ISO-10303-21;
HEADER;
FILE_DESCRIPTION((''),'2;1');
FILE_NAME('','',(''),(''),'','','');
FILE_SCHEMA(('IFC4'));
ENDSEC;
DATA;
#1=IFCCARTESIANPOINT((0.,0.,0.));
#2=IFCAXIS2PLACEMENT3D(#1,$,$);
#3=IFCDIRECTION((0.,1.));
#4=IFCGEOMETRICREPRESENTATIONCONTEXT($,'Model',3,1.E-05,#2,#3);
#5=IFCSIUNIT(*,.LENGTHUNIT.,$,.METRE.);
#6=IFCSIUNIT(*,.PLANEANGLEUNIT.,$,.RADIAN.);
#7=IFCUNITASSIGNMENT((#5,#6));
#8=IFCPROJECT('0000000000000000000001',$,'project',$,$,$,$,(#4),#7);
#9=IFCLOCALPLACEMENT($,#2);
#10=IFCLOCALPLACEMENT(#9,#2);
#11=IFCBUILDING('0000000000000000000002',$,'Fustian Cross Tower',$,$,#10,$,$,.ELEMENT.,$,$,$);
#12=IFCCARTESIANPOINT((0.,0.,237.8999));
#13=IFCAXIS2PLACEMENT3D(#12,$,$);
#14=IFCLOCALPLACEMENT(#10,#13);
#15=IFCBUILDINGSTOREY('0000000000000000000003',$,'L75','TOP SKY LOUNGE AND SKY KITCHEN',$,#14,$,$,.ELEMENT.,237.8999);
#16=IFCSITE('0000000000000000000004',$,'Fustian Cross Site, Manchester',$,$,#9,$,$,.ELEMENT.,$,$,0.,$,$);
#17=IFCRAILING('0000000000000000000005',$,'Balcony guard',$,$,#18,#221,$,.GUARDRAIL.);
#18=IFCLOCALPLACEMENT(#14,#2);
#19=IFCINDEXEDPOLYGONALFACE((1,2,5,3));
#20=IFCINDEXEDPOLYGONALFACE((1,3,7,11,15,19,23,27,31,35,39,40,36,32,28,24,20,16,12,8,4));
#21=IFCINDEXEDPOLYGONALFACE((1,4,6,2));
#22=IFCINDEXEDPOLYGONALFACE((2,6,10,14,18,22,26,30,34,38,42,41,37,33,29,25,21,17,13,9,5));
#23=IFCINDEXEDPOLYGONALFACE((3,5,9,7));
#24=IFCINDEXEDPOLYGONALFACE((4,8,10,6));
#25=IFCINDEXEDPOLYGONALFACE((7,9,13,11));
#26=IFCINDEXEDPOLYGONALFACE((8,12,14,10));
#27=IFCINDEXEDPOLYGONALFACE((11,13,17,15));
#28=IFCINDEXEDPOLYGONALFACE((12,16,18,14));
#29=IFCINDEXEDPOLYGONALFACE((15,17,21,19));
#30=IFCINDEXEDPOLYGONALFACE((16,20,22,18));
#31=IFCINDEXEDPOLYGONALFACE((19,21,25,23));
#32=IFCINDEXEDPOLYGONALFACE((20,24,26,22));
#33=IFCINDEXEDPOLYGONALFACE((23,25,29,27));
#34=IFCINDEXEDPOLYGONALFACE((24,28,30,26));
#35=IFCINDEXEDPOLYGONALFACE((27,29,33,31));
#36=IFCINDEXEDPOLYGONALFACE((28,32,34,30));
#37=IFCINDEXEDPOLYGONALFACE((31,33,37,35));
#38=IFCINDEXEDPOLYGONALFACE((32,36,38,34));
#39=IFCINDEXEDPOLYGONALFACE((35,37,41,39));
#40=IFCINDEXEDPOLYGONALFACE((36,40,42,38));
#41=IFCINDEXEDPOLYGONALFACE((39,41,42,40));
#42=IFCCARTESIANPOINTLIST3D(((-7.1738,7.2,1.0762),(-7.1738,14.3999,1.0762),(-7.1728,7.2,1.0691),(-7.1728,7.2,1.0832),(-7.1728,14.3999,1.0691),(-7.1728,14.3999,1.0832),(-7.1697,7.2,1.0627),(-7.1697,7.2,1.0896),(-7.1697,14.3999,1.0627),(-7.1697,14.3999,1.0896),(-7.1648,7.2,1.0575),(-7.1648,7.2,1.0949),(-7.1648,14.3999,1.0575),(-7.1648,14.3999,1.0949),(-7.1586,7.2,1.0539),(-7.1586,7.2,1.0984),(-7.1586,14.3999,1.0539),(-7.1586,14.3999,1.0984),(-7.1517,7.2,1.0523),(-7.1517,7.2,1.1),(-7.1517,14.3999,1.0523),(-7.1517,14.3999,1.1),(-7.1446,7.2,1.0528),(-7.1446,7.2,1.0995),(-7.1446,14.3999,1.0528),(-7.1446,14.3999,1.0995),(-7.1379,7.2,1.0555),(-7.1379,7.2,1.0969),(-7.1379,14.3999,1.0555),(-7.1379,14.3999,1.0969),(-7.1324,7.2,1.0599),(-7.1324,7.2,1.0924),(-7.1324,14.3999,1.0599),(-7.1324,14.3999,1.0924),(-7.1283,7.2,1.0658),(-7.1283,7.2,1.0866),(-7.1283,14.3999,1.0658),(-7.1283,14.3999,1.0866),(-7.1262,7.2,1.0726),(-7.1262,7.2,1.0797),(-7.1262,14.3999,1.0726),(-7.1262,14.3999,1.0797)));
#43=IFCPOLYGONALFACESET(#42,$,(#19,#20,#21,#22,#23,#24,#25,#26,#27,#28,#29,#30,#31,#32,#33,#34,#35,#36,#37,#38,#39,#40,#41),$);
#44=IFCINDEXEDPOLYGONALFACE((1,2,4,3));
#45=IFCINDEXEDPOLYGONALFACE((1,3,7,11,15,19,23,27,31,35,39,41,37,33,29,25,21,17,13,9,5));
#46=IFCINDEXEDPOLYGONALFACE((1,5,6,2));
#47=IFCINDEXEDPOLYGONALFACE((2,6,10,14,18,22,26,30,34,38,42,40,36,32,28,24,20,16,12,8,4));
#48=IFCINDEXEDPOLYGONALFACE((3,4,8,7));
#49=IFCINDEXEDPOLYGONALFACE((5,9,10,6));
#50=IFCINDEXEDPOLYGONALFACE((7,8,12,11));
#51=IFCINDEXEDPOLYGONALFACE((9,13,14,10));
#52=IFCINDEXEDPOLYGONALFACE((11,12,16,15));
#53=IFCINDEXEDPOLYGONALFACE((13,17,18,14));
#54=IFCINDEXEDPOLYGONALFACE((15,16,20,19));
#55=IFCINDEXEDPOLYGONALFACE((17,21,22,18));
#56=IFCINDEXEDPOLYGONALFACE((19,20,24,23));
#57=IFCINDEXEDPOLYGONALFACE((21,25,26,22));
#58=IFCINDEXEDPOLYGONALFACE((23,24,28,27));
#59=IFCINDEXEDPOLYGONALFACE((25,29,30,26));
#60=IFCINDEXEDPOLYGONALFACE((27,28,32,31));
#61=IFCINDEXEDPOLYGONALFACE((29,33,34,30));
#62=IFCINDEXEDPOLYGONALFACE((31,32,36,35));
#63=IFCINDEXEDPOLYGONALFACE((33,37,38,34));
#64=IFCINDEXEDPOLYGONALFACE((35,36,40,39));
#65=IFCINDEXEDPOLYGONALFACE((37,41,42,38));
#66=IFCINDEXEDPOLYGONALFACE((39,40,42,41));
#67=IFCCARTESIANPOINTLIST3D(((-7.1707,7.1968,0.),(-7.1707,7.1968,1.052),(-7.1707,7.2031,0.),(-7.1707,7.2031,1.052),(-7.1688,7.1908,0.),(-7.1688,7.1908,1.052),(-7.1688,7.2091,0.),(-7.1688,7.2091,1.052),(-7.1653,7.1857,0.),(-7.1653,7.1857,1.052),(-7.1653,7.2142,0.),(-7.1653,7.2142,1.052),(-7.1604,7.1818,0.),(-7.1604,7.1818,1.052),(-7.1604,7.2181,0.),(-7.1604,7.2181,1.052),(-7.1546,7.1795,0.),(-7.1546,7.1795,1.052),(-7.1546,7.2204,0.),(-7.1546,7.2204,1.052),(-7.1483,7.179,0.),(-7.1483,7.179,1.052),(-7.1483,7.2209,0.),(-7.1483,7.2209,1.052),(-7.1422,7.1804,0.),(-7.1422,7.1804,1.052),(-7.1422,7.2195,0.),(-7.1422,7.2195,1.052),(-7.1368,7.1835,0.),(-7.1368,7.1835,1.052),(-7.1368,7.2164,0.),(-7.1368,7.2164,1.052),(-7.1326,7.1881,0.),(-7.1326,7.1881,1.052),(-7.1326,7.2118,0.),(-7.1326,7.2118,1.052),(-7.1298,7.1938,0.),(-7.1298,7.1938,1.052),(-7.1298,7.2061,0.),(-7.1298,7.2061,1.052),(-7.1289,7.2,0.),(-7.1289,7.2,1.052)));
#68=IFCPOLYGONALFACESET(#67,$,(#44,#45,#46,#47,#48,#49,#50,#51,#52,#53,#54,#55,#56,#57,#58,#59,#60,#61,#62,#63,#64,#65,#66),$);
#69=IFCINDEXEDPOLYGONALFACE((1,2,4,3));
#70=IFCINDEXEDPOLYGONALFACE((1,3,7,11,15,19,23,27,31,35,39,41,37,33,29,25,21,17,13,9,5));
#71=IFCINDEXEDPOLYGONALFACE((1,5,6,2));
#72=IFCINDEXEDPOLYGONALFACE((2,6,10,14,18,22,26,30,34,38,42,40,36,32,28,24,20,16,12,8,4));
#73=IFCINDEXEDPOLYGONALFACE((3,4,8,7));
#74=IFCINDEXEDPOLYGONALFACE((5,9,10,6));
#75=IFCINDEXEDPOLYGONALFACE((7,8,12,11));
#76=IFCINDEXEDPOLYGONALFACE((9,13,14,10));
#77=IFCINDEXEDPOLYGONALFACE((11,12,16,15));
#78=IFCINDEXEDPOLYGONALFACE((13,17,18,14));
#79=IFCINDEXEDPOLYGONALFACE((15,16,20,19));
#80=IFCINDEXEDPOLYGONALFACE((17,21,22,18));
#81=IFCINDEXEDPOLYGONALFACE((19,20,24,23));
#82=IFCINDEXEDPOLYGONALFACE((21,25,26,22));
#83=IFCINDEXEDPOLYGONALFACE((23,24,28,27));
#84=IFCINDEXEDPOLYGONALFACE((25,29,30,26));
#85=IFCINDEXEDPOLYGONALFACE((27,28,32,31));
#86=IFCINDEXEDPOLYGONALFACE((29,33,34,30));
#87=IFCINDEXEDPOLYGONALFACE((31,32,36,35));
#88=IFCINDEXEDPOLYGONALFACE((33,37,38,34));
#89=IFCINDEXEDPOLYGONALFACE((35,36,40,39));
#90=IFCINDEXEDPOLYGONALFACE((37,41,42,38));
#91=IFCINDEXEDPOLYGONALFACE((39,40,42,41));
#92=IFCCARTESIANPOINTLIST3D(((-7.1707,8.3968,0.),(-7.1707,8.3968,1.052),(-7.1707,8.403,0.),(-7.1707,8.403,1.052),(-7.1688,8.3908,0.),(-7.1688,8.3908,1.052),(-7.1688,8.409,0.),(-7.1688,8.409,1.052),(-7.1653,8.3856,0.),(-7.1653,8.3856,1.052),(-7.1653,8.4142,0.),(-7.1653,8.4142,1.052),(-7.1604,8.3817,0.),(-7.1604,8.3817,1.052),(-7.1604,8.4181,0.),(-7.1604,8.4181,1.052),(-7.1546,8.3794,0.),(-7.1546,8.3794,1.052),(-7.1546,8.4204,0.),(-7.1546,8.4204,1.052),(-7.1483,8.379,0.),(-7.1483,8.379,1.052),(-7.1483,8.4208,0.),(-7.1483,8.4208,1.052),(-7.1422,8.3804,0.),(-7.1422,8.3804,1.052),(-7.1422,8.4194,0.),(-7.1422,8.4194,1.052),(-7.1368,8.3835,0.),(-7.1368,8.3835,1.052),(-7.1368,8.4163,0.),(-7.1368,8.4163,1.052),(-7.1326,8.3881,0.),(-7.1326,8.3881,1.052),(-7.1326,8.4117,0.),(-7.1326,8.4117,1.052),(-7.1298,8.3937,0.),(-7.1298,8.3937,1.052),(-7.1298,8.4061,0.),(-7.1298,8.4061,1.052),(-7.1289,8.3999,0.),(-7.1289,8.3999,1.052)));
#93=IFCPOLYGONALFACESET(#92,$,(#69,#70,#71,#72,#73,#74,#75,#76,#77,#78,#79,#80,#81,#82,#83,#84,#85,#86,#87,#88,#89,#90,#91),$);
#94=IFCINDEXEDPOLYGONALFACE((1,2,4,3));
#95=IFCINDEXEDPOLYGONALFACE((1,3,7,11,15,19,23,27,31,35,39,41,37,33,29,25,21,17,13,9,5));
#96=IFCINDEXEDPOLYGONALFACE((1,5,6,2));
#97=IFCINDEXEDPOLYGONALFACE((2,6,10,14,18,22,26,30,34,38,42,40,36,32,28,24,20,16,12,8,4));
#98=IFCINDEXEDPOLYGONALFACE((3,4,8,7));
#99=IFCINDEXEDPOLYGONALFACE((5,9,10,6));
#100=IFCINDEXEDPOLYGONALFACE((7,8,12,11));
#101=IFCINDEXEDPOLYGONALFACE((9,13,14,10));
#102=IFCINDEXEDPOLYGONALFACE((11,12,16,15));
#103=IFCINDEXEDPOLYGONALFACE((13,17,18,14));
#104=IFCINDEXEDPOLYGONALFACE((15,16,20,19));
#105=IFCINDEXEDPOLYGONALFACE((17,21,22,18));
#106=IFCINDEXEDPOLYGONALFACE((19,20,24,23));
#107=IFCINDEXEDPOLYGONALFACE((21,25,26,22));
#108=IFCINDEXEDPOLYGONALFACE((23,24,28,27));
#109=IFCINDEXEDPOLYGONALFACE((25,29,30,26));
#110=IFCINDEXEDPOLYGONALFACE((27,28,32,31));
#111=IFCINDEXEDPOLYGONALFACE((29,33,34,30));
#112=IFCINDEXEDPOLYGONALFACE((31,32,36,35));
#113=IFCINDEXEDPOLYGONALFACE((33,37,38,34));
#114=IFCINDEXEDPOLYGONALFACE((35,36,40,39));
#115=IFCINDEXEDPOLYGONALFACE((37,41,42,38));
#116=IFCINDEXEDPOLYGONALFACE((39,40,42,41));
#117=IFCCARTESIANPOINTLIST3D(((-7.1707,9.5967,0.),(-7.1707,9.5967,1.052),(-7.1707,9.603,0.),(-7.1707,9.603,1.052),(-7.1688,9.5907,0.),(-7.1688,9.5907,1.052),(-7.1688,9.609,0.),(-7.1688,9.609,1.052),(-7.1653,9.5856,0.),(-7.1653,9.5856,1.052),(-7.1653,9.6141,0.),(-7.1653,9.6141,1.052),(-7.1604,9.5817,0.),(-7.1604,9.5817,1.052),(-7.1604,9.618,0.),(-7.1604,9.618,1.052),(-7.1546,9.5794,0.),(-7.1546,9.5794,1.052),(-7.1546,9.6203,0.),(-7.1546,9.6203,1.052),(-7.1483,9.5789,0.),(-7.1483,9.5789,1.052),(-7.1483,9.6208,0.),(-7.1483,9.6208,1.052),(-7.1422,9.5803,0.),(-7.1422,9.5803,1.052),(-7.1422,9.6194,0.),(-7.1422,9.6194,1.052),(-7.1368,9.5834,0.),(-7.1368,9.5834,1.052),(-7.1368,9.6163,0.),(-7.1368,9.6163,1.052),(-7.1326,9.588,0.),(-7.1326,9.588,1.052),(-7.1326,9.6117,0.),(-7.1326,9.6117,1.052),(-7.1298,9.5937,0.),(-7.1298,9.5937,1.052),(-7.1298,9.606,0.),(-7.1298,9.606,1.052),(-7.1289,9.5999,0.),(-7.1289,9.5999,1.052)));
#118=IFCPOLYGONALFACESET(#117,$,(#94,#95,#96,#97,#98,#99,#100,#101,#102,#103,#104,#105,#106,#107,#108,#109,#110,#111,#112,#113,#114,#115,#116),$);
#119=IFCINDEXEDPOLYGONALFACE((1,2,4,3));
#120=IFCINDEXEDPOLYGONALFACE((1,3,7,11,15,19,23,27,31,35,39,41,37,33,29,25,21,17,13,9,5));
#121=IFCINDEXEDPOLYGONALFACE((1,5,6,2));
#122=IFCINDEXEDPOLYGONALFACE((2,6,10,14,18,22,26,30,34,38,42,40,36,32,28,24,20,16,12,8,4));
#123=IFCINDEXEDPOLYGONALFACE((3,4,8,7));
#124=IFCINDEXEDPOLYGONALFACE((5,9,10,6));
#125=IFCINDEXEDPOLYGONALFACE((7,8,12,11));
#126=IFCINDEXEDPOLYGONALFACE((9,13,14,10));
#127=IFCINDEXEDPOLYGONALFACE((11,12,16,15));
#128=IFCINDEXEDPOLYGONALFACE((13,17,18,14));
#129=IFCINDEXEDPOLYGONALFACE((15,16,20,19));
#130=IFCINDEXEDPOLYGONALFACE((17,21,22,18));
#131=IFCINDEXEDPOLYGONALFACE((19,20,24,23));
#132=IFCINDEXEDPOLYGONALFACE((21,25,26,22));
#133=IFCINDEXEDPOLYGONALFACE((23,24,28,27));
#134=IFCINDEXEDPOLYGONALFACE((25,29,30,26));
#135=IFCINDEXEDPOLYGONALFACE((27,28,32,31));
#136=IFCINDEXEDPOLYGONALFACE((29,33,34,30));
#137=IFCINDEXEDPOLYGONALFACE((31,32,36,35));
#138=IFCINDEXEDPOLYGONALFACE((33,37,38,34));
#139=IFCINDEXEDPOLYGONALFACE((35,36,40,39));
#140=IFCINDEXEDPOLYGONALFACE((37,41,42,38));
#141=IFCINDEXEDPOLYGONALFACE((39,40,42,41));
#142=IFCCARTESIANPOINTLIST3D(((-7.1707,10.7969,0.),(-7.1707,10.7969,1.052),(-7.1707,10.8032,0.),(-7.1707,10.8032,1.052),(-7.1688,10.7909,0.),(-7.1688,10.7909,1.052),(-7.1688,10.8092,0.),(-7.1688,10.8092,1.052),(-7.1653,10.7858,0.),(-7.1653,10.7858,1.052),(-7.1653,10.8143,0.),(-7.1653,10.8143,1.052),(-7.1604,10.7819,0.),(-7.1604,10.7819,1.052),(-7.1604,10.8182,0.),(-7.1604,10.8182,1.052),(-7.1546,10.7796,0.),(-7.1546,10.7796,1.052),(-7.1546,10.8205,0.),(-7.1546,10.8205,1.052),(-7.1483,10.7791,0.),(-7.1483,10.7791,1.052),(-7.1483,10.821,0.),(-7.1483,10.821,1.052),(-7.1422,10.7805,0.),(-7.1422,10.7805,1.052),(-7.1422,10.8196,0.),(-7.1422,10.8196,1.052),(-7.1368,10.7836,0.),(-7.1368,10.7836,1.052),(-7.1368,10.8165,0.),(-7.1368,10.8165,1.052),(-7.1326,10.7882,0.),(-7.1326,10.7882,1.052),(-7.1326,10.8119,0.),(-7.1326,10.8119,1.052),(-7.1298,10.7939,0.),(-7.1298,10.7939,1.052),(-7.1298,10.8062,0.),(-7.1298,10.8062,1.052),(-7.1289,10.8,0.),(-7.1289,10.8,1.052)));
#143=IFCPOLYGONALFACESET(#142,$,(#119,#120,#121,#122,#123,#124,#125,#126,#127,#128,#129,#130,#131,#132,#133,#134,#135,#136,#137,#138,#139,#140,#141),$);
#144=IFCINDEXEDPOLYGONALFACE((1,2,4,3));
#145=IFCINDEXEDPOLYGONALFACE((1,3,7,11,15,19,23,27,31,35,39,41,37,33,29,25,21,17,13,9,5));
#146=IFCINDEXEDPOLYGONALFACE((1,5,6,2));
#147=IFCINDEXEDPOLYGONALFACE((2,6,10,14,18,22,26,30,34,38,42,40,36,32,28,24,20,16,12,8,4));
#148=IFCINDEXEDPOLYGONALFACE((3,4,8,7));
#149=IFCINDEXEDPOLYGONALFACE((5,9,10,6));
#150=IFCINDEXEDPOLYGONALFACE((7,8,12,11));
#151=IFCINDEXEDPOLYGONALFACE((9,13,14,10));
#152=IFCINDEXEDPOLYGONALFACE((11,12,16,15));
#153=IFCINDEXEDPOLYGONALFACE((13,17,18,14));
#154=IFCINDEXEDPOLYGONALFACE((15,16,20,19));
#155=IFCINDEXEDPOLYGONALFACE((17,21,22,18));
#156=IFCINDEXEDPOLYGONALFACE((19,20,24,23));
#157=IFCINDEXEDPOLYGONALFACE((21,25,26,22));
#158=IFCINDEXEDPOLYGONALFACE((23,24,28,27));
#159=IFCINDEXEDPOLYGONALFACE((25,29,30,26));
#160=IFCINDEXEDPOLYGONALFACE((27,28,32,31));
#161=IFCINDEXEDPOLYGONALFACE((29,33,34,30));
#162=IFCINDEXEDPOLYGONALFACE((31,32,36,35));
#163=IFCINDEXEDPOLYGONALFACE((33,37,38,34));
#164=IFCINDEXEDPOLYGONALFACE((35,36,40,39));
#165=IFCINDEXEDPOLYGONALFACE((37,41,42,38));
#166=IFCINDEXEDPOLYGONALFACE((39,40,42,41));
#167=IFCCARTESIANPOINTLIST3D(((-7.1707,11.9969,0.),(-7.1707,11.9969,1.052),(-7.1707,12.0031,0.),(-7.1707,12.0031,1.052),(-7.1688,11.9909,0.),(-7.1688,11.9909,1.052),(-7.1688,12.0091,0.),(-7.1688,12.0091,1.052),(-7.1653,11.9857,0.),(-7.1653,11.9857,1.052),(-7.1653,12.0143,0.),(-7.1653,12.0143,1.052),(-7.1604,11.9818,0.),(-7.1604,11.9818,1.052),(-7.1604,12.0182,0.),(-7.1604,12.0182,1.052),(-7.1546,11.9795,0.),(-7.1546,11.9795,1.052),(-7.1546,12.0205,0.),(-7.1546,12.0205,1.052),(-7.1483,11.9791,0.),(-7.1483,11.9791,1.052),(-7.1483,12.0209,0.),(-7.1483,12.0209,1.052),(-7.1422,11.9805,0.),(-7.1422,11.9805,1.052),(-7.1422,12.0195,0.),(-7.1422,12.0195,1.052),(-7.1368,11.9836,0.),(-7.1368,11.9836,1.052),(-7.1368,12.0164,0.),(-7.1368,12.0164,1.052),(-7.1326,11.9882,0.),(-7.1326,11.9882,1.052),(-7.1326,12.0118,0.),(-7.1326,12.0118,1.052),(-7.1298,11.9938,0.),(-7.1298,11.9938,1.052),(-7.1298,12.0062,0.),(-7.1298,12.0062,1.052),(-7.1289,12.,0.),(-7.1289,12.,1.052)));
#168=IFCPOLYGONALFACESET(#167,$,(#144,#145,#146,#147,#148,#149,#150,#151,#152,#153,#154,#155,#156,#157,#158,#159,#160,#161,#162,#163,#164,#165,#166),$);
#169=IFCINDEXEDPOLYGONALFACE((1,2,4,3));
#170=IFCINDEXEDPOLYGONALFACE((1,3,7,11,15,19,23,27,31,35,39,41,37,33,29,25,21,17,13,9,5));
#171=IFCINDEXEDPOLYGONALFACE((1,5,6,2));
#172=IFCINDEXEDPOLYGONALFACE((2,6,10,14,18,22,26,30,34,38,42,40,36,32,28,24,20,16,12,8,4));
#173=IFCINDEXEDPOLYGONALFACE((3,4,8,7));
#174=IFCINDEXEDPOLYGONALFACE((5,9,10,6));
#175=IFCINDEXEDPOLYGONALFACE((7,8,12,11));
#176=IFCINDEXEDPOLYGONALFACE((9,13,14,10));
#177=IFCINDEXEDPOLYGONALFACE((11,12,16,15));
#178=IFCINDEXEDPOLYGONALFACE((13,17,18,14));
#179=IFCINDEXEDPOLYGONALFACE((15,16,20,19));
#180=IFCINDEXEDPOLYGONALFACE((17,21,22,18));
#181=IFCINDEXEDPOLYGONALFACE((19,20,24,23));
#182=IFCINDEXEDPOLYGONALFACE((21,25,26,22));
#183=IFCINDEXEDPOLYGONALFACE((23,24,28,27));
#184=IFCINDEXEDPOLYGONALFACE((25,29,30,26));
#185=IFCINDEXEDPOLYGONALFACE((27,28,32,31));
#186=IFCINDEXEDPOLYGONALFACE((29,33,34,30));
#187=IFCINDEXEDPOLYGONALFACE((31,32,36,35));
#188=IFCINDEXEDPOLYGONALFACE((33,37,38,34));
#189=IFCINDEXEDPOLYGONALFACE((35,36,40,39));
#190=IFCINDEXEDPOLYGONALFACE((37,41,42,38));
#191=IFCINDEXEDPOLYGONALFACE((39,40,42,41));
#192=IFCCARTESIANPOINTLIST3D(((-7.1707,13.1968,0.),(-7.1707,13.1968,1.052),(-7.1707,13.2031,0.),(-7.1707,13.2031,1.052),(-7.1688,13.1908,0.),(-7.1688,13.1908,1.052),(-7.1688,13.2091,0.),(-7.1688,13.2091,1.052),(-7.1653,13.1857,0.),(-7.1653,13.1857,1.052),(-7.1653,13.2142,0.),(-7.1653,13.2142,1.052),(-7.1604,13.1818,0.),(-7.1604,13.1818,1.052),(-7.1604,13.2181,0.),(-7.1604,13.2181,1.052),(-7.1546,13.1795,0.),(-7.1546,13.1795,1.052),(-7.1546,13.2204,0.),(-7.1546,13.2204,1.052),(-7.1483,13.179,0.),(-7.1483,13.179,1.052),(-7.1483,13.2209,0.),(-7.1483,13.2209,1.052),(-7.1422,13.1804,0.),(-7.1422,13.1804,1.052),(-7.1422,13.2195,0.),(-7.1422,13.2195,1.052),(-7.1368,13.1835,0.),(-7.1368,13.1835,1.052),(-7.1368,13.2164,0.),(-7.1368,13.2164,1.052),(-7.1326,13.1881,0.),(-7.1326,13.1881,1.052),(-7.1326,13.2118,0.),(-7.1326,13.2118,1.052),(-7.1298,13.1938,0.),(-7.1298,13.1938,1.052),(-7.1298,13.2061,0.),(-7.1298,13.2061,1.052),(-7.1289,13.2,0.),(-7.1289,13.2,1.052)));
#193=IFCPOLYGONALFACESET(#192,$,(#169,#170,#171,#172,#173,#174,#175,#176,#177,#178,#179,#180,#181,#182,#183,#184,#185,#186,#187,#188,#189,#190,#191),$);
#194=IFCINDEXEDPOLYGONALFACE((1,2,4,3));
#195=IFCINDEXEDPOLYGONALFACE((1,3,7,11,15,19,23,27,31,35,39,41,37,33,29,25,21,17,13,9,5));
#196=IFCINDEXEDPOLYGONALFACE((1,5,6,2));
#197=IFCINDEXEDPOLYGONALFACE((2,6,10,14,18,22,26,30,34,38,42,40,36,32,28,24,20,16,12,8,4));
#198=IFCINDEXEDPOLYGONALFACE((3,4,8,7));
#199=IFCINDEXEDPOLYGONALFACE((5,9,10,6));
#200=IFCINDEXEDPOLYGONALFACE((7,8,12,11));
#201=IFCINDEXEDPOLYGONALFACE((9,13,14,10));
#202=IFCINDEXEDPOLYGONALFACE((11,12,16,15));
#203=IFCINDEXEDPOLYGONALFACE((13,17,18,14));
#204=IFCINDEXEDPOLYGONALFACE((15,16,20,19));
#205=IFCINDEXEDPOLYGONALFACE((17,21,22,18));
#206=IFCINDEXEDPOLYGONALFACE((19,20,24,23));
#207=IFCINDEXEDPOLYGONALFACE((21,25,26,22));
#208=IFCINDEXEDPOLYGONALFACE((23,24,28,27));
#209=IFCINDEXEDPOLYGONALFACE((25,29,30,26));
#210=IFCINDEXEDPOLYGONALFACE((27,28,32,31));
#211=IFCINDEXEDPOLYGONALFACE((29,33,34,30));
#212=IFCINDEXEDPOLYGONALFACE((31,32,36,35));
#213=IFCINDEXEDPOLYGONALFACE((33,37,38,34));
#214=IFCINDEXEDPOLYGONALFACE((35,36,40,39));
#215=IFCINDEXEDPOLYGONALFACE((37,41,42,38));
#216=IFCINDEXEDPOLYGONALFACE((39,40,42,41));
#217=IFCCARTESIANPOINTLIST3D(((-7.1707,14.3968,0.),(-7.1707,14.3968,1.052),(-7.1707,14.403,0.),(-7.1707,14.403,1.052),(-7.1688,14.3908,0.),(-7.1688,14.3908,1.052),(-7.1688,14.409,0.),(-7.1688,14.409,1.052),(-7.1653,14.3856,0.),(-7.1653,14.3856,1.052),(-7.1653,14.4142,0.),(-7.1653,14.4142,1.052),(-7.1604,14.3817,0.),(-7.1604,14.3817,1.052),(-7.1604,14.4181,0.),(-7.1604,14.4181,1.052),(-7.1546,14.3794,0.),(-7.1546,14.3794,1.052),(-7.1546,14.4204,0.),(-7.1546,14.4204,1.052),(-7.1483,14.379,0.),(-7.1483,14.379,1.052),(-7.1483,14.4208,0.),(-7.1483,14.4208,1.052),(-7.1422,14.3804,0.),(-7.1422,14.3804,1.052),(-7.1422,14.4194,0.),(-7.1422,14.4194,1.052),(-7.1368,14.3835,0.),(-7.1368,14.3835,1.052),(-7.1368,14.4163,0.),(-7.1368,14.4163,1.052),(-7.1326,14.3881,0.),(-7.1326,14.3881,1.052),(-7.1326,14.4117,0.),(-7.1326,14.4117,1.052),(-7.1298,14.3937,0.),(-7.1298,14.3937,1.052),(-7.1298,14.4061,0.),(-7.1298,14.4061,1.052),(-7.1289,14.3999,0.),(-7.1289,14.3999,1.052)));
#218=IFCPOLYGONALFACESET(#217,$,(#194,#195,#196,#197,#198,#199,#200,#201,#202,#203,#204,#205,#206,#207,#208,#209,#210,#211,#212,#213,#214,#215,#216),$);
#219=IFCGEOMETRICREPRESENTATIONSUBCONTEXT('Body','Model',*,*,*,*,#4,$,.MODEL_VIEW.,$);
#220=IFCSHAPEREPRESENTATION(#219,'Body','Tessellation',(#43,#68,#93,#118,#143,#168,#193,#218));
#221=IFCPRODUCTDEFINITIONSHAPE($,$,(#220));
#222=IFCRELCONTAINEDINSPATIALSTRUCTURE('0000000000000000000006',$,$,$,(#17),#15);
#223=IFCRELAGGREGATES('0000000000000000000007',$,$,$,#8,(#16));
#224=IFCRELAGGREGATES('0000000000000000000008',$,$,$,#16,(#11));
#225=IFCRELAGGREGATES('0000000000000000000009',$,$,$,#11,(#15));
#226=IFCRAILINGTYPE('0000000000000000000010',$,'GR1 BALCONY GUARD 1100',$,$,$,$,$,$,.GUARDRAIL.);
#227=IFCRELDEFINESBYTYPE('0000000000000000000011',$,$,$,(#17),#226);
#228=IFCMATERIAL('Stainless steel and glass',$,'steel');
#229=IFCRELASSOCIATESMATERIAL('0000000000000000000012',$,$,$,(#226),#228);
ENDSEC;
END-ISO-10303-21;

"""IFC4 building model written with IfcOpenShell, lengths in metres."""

from ifc_helpers import new_model, si_unit, direction, frame, origin, origin_2d, place, context, subcontext, project, spatial, circle, extrude, material, type_object, element, save


model = new_model("IFC4")

# Units and contexts
model_context = context("Model", 3, precision=1e-05, world=origin(), true_north=direction((0.0, 1.0)))
body_context = subcontext(model_context, "Body", "Model", "MODEL_VIEW")
ifc_project = project(units=[si_unit("LENGTHUNIT", "METRE"), si_unit("PLANEANGLEUNIT", "RADIAN")], contexts=[model_context])

# Site, building, storey
site_placement = place(None, origin())
site = spatial("IfcSite", under=ifc_project, at=site_placement, Name="Fustian Cross Site, Manchester", CompositionType="ELEMENT", RefElevation=0.0)
building_placement = place(site_placement, origin())
building = spatial("IfcBuilding", under=site, at=building_placement, Name="Fustian Cross Tower", CompositionType="ELEMENT")
storey_placement = place(building_placement, frame((0.0, 0.0, 237.8999)))
storey = spatial("IfcBuildingStorey", under=building, at=storey_placement, Name="L75", Description="TOP SKY LOUNGE AND SKY KITCHEN", CompositionType="ELEMENT", Elevation=237.8999)

# Railing
ifc_material_1 = material(Name="Stainless steel and glass", Category="steel")
railing_type_1 = type_object("IfcRailingType", Name="GR1 BALCONY GUARD 1100", PredefinedType="GUARDRAIL", material=ifc_material_1)
railing_1_placement = place(storey_placement, frame((-7.1499, 7.2, 0.0)))
element("IfcRailing", 1, at=railing_1_placement, inside=storey, type_object=railing_type_1, Name="Balcony guard", PredefinedType="GUARDRAIL", context=body_context, shape_type="SweptSolid", body=[
    extrude(circle(Radius=0.0239, at=origin_2d()), frame((0.0, 0.0, 1.0762), z_axis=(0.0, 1.0, 0.0), x_axis=(-1.0, 0.0, 0.0)), (0.0, 0.0, 1.0), 7.2),
    extrude(circle(Radius=0.021, at=origin_2d()), origin(), (0.0, 0.0, 1.0), 1.052),
    extrude(circle(Radius=0.021, at=origin_2d()), frame((0.0, 1.2, 0.0)), (0.0, 0.0, 1.0), 1.052),
    extrude(circle(Radius=0.021, at=origin_2d()), frame((0.0, 2.3999, 0.0)), (0.0, 0.0, 1.0), 1.052),
    extrude(circle(Radius=0.021, at=origin_2d()), frame((0.0, 3.6001, 0.0)), (0.0, 0.0, 1.0), 1.052),
    extrude(circle(Radius=0.021, at=origin_2d()), frame((0.0, 4.8, 0.0)), (0.0, 0.0, 1.0), 1.052),
    extrude(circle(Radius=0.021, at=origin_2d()), frame((0.0, 6.0, 0.0)), (0.0, 0.0, 1.0), 1.052),
    extrude(circle(Radius=0.021, at=origin_2d()), frame((0.0, 7.2, 0.0)), (0.0, 0.0, 1.0), 1.052),
])

save(model, "model.ifc")
